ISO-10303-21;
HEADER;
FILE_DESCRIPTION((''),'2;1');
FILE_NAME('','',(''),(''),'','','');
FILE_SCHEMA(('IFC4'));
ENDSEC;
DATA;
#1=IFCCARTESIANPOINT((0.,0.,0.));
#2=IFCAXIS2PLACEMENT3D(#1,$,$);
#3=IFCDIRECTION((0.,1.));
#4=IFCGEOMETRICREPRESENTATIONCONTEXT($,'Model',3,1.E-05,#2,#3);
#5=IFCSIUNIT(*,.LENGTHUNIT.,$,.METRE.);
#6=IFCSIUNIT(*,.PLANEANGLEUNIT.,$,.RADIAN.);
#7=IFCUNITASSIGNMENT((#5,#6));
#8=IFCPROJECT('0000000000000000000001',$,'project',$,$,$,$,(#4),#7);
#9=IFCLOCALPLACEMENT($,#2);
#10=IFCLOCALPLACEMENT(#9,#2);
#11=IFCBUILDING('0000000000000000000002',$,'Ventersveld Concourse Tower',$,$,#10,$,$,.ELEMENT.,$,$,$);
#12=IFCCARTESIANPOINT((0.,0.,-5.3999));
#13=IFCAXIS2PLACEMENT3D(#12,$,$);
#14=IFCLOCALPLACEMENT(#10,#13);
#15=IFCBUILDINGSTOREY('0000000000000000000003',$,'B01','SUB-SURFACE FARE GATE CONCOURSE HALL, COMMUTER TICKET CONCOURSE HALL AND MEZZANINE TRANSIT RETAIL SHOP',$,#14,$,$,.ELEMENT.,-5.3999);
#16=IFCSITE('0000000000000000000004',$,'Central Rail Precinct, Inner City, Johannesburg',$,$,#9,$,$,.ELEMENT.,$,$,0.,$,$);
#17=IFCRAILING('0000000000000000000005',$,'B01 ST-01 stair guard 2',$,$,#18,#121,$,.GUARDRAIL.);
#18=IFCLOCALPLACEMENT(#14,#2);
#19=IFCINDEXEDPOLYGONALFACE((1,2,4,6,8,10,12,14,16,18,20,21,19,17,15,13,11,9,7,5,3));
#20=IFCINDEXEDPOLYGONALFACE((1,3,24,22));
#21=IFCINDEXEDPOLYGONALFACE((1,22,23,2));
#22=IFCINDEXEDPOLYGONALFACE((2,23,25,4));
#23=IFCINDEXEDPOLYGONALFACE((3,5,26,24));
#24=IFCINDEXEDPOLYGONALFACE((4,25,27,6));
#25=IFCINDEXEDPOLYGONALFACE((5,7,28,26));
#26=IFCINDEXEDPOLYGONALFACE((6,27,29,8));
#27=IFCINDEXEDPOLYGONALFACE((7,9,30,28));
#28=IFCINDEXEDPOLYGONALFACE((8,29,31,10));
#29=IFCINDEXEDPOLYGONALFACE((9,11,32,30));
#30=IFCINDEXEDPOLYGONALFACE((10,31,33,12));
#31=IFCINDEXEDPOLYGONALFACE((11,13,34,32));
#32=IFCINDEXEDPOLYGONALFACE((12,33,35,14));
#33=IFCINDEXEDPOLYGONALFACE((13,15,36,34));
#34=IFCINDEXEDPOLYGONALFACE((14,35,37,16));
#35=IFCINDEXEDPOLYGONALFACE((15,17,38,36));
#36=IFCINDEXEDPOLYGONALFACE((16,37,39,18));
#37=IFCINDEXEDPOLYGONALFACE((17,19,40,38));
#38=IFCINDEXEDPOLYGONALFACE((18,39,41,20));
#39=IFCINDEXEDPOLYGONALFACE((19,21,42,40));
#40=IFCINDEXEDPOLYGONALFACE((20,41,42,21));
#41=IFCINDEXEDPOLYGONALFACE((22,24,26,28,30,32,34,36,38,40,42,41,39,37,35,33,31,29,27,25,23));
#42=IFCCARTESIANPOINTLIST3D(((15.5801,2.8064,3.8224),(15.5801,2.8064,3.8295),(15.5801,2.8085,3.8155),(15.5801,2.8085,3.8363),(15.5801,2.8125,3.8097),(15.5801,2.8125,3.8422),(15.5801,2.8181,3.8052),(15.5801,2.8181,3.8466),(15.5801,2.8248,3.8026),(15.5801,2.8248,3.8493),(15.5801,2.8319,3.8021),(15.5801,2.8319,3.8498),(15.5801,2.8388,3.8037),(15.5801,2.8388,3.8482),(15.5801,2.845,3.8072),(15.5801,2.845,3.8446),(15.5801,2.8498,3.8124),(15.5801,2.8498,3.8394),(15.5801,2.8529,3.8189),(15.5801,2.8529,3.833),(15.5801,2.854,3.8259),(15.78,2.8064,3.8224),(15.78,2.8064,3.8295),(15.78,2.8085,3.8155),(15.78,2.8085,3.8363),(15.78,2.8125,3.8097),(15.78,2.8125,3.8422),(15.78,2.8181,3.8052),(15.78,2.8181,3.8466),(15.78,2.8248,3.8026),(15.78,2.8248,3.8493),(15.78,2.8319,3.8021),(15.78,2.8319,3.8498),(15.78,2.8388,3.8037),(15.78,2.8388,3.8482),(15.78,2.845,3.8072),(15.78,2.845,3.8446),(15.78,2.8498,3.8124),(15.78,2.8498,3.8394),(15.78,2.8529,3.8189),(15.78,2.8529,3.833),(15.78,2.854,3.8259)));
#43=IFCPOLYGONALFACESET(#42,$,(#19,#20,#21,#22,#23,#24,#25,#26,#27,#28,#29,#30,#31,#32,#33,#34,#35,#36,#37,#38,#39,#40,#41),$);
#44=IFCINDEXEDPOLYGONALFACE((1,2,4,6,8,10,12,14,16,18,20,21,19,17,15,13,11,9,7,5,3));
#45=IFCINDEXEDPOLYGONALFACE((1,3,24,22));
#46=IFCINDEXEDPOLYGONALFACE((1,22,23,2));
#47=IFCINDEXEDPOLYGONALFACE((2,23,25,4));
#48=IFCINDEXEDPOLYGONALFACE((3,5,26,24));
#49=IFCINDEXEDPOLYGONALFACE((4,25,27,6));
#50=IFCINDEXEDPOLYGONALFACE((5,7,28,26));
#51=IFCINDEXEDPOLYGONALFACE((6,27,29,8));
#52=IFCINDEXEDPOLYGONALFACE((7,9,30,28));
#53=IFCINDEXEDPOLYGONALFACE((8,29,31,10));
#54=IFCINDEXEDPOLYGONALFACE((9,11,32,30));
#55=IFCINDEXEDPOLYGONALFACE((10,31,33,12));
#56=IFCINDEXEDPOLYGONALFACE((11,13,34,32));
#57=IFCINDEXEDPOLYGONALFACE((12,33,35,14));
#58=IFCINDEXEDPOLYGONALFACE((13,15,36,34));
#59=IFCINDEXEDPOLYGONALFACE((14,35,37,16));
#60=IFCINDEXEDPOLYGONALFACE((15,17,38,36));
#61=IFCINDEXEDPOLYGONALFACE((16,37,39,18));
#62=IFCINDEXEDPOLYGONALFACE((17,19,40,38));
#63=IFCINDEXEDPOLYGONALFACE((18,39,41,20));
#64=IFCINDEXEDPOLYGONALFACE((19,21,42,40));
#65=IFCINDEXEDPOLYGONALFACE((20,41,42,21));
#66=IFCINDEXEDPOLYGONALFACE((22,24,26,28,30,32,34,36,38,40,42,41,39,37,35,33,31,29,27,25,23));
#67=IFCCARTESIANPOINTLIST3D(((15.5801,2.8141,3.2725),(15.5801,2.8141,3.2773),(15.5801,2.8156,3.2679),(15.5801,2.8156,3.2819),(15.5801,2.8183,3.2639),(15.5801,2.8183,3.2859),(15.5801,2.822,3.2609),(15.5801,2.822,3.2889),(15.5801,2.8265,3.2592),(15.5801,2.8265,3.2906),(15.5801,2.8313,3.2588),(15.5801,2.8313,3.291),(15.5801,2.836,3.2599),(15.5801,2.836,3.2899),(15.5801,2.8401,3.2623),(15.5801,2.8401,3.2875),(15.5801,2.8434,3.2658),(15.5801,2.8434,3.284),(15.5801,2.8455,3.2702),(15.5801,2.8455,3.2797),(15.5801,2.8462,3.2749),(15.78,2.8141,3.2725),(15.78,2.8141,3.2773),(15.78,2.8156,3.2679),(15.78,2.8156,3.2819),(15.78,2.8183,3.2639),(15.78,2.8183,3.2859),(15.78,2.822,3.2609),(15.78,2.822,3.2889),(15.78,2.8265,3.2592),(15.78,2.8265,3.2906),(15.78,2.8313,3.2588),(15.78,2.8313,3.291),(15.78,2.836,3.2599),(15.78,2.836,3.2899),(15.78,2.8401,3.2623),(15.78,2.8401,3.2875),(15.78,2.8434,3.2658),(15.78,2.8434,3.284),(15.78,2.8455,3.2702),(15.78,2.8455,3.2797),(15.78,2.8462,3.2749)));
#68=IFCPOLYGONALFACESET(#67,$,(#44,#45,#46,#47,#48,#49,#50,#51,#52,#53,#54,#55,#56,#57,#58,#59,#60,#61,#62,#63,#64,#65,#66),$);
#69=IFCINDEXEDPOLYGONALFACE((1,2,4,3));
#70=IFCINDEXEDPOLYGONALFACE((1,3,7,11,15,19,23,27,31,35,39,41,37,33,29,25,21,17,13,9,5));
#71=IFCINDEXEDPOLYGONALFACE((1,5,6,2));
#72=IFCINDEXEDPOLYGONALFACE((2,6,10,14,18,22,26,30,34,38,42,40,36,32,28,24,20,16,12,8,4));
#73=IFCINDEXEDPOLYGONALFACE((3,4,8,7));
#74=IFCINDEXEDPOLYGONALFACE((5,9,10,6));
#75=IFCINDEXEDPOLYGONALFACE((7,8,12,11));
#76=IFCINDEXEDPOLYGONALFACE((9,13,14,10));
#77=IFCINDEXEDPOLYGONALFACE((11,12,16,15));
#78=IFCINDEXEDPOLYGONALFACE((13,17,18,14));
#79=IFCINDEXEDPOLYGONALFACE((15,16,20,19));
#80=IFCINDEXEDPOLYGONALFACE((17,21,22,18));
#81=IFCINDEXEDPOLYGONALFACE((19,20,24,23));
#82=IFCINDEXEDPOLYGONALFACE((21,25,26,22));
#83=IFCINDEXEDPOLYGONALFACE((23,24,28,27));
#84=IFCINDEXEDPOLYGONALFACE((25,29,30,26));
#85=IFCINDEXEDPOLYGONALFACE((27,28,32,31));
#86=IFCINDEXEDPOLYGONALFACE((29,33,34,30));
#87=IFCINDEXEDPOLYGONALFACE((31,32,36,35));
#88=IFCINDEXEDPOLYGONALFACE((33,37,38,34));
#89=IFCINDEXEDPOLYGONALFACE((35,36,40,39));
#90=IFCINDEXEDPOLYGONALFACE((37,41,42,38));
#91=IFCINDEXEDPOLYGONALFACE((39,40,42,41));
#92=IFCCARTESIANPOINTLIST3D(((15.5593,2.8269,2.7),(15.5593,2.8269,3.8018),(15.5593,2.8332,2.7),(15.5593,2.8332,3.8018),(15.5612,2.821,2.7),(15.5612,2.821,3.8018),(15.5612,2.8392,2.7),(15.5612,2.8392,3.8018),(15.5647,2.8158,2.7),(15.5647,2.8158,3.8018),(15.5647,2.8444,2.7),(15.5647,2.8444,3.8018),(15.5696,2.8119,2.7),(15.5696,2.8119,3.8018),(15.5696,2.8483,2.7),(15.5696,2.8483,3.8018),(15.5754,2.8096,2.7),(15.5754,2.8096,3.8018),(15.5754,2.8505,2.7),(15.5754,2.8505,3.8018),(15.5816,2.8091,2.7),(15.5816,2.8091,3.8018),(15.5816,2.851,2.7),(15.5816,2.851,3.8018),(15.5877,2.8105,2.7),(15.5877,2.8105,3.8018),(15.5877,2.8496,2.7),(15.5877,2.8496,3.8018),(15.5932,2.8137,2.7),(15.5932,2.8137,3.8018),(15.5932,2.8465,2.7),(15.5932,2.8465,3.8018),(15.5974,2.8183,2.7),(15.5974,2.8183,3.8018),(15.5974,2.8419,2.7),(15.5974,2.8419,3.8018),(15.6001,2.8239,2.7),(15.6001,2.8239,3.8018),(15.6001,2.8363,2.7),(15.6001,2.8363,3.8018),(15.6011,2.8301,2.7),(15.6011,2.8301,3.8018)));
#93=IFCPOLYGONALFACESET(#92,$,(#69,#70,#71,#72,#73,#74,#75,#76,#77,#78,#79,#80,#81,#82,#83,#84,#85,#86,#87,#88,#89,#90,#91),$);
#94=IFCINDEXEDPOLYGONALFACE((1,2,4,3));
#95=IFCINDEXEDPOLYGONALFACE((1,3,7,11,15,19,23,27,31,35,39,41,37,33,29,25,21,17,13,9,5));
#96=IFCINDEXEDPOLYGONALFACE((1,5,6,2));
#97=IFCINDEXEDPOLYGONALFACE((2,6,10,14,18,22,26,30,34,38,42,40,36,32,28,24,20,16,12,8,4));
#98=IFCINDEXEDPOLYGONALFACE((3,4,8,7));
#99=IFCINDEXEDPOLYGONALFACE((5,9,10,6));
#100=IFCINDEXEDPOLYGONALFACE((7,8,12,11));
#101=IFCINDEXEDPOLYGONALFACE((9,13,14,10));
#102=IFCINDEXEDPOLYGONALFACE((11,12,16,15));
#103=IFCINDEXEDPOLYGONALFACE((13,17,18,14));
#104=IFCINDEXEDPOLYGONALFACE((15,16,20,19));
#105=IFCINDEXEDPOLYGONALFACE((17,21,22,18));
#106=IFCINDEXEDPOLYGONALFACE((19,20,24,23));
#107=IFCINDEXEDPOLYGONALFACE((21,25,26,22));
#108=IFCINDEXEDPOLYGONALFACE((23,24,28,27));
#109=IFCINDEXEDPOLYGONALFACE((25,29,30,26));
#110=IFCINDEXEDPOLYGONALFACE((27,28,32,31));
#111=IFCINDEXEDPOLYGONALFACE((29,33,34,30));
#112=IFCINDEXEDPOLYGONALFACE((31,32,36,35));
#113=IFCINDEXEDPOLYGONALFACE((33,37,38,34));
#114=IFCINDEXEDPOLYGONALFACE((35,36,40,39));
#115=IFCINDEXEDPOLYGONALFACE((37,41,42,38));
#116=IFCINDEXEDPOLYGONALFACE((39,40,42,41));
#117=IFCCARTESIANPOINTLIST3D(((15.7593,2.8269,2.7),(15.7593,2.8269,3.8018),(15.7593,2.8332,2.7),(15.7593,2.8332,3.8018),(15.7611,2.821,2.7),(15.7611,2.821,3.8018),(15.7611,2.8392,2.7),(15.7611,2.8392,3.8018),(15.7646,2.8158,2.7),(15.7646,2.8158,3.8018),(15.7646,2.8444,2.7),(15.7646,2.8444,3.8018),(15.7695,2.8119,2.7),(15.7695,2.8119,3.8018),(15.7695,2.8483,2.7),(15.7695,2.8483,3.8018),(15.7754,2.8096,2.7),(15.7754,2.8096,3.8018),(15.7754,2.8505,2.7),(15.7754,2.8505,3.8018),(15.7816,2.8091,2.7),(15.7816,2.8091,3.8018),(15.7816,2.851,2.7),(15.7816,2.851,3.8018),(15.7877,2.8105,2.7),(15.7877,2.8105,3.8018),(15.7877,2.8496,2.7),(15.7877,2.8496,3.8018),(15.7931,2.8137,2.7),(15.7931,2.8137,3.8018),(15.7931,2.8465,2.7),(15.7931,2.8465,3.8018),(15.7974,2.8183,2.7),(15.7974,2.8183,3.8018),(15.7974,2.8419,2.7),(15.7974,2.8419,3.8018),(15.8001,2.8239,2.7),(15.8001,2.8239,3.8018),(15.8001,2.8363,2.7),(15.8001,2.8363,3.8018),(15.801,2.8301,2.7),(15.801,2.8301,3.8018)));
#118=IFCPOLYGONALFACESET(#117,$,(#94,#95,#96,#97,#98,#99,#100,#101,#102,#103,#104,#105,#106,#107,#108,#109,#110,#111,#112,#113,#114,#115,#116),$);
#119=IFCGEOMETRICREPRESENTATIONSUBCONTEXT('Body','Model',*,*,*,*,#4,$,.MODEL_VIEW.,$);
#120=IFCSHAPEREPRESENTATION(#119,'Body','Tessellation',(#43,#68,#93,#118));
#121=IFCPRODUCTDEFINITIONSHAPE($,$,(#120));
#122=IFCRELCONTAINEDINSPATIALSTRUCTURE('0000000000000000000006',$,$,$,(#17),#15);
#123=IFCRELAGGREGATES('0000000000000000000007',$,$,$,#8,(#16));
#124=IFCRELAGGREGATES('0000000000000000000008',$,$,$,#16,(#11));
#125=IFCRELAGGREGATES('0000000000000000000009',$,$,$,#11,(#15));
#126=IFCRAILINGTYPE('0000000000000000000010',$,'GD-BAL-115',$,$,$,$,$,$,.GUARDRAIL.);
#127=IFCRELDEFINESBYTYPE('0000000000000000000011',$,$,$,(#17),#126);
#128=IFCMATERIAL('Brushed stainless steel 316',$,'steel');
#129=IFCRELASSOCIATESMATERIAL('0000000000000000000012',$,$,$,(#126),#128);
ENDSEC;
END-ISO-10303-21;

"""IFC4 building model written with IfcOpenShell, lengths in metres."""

from ifc_helpers import new_model, si_unit, direction, frame, origin, origin_2d, place, context, subcontext, project, spatial, circle, extrude, material, type_object, element, save


model = new_model("IFC4")

# Units and contexts
model_context = context("Model", 3, precision=1e-05, world=origin(), true_north=direction((0.0, 1.0)))
body_context = subcontext(model_context, "Body", "Model", "MODEL_VIEW")
ifc_project = project(units=[si_unit("LENGTHUNIT", "METRE"), si_unit("PLANEANGLEUNIT", "RADIAN")], contexts=[model_context])

# Site, building, storey
site_placement = place(None, origin())
site = spatial("IfcSite", under=ifc_project, at=site_placement, Name="Central Rail Precinct, Inner City, Johannesburg", CompositionType="ELEMENT", RefElevation=0.0)
building_placement = place(site_placement, origin())
building = spatial("IfcBuilding", under=site, at=building_placement, Name="Ventersveld Concourse Tower", CompositionType="ELEMENT")
storey_placement = place(building_placement, frame((0.0, 0.0, -5.3999)))
storey = spatial("IfcBuildingStorey", under=building, at=storey_placement, Name="B01", Description="SUB-SURFACE FARE GATE CONCOURSE HALL, COMMUTER TICKET CONCOURSE HALL AND MEZZANINE TRANSIT RETAIL SHOP", CompositionType="ELEMENT", Elevation=-5.3999)

# Railing
ifc_material_1 = material(Name="Brushed stainless steel 316", Category="steel")
railing_type_1 = type_object("IfcRailingType", Name="GD-BAL-115", PredefinedType="GUARDRAIL", material=ifc_material_1)
railing_1_placement = place(storey_placement, frame((15.5801, 2.8301, 2.7)))
element("IfcRailing", 1, at=railing_1_placement, inside=storey, type_object=railing_type_1, Name="B01 ST-01 stair guard 2", PredefinedType="GUARDRAIL", context=body_context, shape_type="SweptSolid", body=[
    extrude(circle(Radius=0.0239, at=origin_2d()), frame((0.0, 0.0, 1.126), z_axis=(1.0, 0.0, 0.0), x_axis=(0.0, 1.0, 0.0)), (0.0, 0.0, 1.0), 0.2),
    extrude(circle(Radius=0.0161, at=origin_2d()), frame((0.0, 0.0, 0.575), z_axis=(1.0, 0.0, 0.0), x_axis=(0.0, 1.0, 0.0)), (0.0, 0.0, 1.0), 0.2),
    extrude(circle(Radius=0.021, at=origin_2d()), origin(), (0.0, 0.0, 1.0), 1.1018),
    extrude(circle(Radius=0.021, at=origin_2d()), frame((0.2, 0.0, 0.0)), (0.0, 0.0, 1.0), 1.1018),
])

save(model, "model.ifc")
